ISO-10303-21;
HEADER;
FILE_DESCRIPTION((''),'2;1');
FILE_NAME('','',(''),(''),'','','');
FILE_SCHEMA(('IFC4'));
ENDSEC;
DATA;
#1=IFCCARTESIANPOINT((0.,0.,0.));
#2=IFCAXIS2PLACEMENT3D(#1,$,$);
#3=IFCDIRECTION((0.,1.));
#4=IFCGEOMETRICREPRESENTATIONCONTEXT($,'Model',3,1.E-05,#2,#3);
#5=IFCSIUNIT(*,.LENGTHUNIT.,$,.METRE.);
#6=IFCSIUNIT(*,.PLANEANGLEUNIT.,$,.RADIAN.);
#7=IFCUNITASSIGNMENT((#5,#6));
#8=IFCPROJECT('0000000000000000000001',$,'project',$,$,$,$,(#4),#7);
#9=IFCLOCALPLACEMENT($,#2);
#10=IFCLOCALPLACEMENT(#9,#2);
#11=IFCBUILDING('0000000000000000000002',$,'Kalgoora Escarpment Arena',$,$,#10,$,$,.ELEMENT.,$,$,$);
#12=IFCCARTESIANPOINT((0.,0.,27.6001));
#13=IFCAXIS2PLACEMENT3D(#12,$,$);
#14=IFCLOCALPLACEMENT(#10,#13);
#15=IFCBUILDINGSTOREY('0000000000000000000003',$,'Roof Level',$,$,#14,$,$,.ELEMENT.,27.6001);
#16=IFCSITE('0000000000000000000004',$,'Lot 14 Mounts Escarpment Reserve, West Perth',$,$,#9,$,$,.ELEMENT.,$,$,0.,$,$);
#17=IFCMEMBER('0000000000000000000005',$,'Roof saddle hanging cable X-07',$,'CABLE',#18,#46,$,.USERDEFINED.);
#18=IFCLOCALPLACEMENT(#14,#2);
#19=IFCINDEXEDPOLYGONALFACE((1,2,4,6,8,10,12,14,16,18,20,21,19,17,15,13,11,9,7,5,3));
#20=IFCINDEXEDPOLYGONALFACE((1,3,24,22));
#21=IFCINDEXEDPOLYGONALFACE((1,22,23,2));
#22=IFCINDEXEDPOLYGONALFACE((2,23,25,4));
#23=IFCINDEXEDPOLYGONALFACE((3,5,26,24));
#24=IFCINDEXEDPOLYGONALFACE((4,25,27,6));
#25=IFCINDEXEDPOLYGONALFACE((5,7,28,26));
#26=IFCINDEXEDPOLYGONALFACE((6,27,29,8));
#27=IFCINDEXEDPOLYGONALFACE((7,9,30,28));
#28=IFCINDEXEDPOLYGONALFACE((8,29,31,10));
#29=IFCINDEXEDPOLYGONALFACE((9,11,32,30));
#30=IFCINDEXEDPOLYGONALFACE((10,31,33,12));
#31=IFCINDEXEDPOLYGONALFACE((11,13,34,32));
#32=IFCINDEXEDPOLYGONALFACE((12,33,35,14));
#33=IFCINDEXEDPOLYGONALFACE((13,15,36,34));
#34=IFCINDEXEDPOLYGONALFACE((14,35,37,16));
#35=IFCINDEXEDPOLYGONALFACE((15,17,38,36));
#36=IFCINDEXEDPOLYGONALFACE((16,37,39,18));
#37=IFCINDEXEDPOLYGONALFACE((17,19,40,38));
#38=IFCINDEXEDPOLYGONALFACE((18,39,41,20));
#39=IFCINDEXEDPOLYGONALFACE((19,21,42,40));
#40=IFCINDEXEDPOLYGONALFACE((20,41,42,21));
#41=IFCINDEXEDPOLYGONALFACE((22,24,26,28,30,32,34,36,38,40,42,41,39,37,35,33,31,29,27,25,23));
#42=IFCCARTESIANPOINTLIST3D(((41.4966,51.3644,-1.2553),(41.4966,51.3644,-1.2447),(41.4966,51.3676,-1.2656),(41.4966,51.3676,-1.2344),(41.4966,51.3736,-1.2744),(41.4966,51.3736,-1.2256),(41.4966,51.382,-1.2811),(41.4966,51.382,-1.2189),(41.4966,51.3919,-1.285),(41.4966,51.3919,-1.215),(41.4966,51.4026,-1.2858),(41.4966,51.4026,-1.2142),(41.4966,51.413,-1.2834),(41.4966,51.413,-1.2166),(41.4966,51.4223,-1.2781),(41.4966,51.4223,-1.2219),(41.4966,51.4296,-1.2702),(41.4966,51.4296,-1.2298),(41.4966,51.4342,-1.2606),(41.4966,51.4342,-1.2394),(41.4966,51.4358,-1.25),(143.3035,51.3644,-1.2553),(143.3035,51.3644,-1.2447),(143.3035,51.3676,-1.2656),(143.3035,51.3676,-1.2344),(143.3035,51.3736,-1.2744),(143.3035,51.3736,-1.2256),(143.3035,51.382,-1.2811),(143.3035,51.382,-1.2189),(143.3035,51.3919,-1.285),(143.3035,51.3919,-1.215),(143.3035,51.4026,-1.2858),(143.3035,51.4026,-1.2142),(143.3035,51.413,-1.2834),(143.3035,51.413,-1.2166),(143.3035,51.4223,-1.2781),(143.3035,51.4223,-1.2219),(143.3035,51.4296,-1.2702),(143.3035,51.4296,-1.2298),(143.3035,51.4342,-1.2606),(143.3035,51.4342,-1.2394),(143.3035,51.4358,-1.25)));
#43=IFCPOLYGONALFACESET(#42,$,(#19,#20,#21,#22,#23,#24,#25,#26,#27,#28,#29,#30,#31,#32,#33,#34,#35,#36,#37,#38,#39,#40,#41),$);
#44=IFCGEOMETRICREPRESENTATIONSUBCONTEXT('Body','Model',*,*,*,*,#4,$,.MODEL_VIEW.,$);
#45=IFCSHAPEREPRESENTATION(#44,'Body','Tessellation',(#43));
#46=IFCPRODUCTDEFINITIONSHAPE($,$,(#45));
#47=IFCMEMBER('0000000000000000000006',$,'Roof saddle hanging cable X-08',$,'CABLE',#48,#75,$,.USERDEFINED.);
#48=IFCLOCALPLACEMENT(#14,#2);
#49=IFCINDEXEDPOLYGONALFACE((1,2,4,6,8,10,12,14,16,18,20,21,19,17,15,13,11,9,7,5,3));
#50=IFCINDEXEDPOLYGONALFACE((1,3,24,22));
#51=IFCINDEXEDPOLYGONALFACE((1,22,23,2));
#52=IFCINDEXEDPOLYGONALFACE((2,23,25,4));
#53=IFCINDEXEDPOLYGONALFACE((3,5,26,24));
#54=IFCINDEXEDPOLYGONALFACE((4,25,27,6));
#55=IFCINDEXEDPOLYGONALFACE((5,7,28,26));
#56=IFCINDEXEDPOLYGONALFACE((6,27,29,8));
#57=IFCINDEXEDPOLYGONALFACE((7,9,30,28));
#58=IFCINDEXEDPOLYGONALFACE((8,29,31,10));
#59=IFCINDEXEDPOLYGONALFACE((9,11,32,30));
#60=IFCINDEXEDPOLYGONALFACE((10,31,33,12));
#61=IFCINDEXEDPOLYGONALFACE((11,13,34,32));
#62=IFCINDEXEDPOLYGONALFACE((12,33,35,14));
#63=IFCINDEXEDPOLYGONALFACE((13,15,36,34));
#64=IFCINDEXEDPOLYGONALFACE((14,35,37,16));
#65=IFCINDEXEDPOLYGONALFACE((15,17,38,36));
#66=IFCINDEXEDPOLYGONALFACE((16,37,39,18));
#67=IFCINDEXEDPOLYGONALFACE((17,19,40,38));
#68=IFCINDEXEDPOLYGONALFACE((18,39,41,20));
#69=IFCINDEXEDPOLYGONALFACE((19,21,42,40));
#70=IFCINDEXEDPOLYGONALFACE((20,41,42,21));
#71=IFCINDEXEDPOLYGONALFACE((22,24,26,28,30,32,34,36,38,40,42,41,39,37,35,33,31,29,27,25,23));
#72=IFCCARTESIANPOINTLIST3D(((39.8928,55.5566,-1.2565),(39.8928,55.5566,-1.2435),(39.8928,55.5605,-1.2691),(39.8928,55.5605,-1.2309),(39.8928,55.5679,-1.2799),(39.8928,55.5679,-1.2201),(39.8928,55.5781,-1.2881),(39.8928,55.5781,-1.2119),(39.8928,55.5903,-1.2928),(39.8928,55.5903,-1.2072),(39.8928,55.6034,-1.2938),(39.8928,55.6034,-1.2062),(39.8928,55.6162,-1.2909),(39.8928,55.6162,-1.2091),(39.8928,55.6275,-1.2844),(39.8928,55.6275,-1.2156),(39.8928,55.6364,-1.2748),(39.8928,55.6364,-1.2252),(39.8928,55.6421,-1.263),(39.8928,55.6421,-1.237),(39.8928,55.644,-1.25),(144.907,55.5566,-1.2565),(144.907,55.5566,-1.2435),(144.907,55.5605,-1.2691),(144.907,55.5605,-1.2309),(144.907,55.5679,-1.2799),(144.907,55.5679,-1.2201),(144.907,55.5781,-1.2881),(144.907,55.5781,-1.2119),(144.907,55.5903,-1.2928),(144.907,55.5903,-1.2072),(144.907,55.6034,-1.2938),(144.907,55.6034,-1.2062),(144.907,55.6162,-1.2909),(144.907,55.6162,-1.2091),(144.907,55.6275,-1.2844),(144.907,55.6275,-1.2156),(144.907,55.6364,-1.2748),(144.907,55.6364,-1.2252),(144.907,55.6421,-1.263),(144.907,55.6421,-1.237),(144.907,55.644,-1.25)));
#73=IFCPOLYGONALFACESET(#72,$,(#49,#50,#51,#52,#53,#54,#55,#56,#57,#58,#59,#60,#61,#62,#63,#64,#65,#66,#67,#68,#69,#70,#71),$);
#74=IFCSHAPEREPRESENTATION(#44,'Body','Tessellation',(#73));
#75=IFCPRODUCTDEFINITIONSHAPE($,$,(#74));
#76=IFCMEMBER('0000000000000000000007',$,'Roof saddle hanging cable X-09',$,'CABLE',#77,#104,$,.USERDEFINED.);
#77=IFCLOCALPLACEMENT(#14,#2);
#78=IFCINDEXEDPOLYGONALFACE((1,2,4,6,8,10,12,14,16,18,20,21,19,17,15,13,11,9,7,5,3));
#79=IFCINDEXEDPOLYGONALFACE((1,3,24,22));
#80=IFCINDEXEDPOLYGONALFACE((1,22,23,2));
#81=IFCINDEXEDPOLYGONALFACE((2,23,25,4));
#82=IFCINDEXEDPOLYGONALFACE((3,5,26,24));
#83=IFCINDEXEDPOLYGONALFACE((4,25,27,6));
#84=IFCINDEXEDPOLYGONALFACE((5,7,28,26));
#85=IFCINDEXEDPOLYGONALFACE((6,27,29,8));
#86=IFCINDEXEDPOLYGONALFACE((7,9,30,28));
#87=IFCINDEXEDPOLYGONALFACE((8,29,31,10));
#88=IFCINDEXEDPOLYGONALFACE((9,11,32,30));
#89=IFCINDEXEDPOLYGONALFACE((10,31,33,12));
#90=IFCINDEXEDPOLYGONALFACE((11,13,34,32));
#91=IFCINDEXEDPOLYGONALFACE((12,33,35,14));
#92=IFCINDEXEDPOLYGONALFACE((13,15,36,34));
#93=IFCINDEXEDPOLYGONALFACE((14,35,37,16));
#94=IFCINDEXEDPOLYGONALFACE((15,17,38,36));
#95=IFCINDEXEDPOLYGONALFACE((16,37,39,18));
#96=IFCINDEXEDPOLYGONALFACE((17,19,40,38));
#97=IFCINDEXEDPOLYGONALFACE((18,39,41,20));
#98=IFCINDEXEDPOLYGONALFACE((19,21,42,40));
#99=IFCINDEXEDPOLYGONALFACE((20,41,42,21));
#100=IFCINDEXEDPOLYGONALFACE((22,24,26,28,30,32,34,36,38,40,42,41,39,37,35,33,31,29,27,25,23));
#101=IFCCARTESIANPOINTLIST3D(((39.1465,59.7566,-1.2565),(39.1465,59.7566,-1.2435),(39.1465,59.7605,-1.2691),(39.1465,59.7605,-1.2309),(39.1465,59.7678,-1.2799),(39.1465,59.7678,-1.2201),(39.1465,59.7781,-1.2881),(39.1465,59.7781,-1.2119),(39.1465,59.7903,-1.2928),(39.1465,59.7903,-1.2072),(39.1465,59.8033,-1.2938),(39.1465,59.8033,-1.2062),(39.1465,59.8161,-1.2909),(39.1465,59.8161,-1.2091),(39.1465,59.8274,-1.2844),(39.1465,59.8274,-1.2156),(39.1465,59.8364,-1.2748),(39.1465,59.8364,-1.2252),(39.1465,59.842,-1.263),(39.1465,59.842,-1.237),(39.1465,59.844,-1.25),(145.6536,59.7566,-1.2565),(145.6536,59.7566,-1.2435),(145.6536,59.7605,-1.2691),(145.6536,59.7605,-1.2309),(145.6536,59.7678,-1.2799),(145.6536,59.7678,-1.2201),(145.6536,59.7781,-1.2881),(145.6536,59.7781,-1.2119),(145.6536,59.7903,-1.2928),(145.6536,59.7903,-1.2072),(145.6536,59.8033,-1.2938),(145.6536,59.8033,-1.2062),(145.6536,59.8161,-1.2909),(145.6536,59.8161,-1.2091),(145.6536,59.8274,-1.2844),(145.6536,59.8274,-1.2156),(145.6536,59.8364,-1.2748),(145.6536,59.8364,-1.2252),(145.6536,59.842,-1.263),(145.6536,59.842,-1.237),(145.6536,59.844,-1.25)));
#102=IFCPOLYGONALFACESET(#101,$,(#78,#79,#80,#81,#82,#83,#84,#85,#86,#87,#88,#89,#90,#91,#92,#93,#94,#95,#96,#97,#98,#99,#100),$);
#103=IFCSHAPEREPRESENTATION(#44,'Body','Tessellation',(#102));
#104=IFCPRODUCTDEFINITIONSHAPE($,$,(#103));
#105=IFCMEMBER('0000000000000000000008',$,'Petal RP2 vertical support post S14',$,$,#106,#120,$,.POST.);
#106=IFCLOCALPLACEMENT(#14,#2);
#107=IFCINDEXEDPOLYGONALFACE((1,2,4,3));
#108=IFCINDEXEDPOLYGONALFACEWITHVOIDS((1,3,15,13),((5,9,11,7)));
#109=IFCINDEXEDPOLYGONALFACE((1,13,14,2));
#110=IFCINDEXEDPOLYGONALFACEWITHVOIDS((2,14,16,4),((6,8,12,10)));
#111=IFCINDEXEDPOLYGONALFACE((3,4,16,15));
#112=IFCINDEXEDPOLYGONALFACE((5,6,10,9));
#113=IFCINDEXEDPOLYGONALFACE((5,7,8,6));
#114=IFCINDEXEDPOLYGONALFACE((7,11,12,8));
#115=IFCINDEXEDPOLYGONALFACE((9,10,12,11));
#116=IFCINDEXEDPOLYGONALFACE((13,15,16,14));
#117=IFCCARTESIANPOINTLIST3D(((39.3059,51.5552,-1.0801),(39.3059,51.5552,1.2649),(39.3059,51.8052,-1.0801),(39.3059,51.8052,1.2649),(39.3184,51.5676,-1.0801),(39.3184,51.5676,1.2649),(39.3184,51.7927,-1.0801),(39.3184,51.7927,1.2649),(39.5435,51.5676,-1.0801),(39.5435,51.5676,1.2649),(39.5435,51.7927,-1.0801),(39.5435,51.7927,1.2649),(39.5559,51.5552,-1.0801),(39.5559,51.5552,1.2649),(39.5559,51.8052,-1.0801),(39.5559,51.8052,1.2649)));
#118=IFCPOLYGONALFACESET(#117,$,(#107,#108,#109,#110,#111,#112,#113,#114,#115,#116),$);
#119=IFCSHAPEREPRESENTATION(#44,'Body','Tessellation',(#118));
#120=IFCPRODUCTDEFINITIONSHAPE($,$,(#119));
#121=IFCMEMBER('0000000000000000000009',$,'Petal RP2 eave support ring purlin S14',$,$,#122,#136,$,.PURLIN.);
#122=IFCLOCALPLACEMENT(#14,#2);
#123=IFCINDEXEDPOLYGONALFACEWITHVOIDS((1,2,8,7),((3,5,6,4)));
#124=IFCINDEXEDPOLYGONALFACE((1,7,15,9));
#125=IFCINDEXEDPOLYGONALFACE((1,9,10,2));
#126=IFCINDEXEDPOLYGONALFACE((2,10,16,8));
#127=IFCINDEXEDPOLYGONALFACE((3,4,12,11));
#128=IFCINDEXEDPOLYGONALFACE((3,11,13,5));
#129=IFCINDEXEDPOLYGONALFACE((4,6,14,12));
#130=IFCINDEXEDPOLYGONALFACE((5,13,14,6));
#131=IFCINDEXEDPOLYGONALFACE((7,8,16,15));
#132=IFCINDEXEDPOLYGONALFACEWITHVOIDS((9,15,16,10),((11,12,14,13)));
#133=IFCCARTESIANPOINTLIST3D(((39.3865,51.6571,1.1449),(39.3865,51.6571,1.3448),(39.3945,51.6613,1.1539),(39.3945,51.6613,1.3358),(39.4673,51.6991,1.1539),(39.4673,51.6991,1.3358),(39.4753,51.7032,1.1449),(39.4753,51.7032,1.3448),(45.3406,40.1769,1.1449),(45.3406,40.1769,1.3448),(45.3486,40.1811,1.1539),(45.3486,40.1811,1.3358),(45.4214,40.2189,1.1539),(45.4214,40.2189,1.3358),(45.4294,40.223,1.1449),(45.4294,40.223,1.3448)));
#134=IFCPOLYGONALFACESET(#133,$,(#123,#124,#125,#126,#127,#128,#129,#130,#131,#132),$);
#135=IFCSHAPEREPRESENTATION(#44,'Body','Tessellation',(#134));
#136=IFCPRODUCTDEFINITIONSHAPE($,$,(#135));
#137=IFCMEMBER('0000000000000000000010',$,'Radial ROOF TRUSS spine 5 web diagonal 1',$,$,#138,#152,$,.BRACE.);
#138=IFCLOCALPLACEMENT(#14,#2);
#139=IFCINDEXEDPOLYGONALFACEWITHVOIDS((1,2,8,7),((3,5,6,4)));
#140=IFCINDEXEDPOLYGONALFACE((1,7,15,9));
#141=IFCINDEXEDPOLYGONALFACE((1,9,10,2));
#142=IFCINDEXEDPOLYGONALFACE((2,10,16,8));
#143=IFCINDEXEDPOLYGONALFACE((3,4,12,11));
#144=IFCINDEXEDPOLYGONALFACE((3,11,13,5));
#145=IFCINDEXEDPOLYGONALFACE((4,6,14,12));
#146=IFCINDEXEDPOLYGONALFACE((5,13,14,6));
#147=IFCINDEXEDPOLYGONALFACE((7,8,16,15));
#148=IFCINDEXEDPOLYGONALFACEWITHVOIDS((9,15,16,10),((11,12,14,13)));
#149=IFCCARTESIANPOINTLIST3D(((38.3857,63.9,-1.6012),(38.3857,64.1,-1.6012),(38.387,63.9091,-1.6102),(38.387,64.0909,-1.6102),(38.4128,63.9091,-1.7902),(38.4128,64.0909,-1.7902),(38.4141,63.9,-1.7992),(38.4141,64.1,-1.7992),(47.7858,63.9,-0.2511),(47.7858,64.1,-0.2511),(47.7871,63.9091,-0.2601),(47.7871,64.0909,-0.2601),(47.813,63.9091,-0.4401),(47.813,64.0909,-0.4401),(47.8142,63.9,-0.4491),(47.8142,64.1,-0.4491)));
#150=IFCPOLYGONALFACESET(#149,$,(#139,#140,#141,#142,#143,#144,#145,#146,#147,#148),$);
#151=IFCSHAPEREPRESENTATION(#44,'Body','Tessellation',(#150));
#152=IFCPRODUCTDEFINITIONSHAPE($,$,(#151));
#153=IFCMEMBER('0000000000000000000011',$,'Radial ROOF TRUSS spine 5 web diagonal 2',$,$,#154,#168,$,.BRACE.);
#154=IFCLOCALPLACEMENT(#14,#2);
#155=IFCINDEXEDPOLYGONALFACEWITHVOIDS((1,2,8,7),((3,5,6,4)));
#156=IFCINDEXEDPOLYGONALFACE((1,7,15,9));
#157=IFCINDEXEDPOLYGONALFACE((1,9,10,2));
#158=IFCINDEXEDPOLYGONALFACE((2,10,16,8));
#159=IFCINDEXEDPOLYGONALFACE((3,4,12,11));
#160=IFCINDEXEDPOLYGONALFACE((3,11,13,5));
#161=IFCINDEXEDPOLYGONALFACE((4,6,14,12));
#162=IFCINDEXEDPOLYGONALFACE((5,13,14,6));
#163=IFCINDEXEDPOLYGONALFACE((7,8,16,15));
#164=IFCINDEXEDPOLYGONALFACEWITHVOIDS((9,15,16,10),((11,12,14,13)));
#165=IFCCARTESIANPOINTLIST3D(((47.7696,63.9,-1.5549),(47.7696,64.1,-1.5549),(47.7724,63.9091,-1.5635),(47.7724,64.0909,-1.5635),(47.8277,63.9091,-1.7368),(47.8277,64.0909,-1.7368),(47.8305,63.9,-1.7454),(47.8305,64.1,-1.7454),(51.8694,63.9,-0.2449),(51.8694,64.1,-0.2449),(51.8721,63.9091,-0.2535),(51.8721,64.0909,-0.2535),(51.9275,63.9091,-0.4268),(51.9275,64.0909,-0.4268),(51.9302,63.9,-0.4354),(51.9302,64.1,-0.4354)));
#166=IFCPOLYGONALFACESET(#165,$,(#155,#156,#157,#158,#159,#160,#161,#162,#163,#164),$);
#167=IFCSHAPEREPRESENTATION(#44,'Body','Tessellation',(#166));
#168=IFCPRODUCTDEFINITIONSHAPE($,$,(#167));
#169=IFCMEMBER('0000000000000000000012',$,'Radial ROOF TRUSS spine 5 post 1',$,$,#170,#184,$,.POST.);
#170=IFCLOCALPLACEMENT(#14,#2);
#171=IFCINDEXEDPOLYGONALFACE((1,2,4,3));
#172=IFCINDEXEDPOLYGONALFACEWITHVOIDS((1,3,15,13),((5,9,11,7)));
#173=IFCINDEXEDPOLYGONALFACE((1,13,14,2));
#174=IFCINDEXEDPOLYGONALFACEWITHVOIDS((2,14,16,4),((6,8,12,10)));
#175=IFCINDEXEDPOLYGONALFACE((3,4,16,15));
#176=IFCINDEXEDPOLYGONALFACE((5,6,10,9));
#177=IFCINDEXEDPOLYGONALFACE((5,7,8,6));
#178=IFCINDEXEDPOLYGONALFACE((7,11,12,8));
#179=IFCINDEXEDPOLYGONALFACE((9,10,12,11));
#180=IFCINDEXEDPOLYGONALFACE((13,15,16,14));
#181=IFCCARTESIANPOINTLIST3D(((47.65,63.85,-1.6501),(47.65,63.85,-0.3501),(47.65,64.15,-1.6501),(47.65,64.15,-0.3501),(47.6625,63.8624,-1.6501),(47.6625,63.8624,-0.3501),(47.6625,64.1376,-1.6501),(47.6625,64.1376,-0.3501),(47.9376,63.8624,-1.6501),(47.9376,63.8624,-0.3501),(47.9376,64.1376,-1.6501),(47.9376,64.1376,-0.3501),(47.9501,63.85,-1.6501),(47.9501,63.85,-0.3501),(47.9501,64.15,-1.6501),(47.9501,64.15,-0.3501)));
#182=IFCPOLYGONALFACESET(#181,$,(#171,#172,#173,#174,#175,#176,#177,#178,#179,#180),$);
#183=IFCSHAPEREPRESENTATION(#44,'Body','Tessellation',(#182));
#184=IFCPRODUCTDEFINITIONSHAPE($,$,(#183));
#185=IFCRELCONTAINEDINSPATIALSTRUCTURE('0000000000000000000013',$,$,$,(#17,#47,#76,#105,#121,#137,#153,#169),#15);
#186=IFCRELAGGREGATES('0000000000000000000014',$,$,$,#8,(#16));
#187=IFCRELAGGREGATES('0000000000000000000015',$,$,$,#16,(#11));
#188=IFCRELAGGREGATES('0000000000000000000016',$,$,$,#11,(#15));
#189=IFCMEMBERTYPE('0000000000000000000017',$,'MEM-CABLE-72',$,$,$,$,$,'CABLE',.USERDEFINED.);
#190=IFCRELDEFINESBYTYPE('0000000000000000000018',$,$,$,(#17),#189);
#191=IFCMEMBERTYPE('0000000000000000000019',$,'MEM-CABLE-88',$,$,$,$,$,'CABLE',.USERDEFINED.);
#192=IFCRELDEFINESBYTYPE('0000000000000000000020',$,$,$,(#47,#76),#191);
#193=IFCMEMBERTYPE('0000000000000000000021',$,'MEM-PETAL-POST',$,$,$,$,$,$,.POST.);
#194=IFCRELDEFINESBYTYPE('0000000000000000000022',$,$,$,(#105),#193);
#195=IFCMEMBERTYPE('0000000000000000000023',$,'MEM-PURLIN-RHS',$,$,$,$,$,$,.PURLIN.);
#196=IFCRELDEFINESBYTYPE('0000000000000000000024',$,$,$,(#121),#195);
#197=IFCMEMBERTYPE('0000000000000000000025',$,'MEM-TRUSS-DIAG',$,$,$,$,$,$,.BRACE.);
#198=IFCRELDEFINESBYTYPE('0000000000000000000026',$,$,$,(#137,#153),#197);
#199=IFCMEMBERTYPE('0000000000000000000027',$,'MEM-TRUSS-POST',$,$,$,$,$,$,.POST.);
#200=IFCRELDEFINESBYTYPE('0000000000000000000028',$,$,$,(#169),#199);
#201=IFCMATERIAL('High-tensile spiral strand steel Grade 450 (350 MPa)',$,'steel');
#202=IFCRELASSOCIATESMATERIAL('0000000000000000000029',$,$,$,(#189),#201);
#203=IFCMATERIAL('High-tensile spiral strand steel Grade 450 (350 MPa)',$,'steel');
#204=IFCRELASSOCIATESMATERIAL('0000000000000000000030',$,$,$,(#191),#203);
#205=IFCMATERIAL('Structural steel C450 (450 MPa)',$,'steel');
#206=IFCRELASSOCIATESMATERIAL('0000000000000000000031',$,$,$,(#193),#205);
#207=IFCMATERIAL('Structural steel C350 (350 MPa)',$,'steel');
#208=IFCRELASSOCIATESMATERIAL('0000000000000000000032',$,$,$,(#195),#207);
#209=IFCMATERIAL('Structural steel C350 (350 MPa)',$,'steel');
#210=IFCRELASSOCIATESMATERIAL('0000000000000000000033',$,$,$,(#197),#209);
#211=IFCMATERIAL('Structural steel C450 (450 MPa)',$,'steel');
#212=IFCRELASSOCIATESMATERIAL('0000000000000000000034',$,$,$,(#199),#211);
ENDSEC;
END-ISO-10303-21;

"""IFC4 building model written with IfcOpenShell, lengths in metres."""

from ifc_helpers import new_model, si_unit, direction, frame, origin, origin_2d, place, context, subcontext, project, spatial, hollow_rectangle, circle, extrude, material, material_profile, profile_set, type_object, element, save


model = new_model("IFC4")

# Units and contexts
model_context = context("Model", 3, precision=1e-05, world=origin(), true_north=direction((0.0, 1.0)))
body_context = subcontext(model_context, "Body", "Model", "MODEL_VIEW")
ifc_project = project(units=[si_unit("LENGTHUNIT", "METRE"), si_unit("PLANEANGLEUNIT", "RADIAN")], contexts=[model_context])

# Site, building, storey
site_placement = place(None, origin())
site = spatial("IfcSite", under=ifc_project, at=site_placement, Name="Lot 14 Mounts Escarpment Reserve, West Perth", CompositionType="ELEMENT", RefElevation=0.0)
building_placement = place(site_placement, origin())
building = spatial("IfcBuilding", under=site, at=building_placement, Name="Kalgoora Escarpment Arena", CompositionType="ELEMENT")
storey_placement = place(building_placement, frame((0.0, 0.0, 27.6001)))
storey = spatial("IfcBuildingStorey", under=building, at=storey_placement, Name="Roof Level", CompositionType="ELEMENT", Elevation=27.6001)

# Members
ifc_material_1 = material(Name="High-tensile spiral strand steel Grade 450 (350 MPa)", Category="steel")
ifc_material_profile_1 = material_profile(ifc_material_1, circle(Radius=0.0359, at=origin_2d()))
ifc_profile_set_1 = profile_set([ifc_material_profile_1], Name="High-tensile spiral strand steel Grade 450 (350 MPa)")
member_type_1 = type_object("IfcMemberType", Name="MEM-CABLE-72", ElementType="CABLE", PredefinedType="USERDEFINED", material=ifc_profile_set_1)
member_1_placement = place(storey_placement, frame((41.4966, 51.3999, -1.25), z_axis=(1.0, 0.0, 0.0), x_axis=(0.0, 1.0, 0.0)))
element("IfcMember", 1, at=member_1_placement, inside=storey, type_object=member_type_1, Name="Roof saddle hanging cable X-07", ObjectType="CABLE", PredefinedType="USERDEFINED", context=body_context, shape_type="SweptSolid", body=[
    extrude(circle(Radius=0.0359, at=origin_2d()), origin(), (0.0, 0.0, 1.0), 101.8069),
])
ifc_material_2 = material(Name="High-tensile spiral strand steel Grade 450 (350 MPa)", Category="steel")
ifc_material_profile_2 = material_profile(ifc_material_2, circle(Radius=0.0439, at=origin_2d()))
ifc_profile_set_2 = profile_set([ifc_material_profile_2], Name="High-tensile spiral strand steel Grade 450 (350 MPa)")
member_type_2 = type_object("IfcMemberType", Name="MEM-CABLE-88", ElementType="CABLE", PredefinedType="USERDEFINED", material=ifc_profile_set_2)
member_2_placement = place(storey_placement, frame((39.8928, 55.6001, -1.25), z_axis=(1.0, 0.0, 0.0), x_axis=(0.0, 1.0, 0.0)))
element("IfcMember", 2, at=member_2_placement, inside=storey, type_object=member_type_2, Name="Roof saddle hanging cable X-08", ObjectType="CABLE", PredefinedType="USERDEFINED", context=body_context, shape_type="SweptSolid", body=[
    extrude(circle(Radius=0.0439, at=origin_2d()), origin(), (0.0, 0.0, 1.0), 105.0142),
])
member_3_placement = place(storey_placement, frame((39.1465, 59.8, -1.25), z_axis=(1.0, 0.0, 0.0), x_axis=(0.0, 1.0, 0.0)))
element("IfcMember", 3, at=member_3_placement, inside=storey, type_object=member_type_2, Name="Roof saddle hanging cable X-09", ObjectType="CABLE", PredefinedType="USERDEFINED", context=body_context, shape_type="SweptSolid", body=[
    extrude(circle(Radius=0.0439, at=origin_2d()), origin(), (0.0, 0.0, 1.0), 106.5071),
])
ifc_material_3 = material(Name="Structural steel C450 (450 MPa)", Category="steel")
ifc_material_profile_3 = material_profile(ifc_material_3, hollow_rectangle(XDim=0.25, YDim=0.25, WallThickness=0.0125, at=origin_2d()))
ifc_profile_set_3 = profile_set([ifc_material_profile_3], Name="Structural steel C450 (450 MPa)")
member_type_3 = type_object("IfcMemberType", Name="MEM-PETAL-POST", PredefinedType="POST", material=ifc_profile_set_3)
member_4_placement = place(storey_placement, frame((39.4309, 51.6802, -1.0801), z_axis=(0.0, 0.0, 1.0), x_axis=(1.0, 0.0, 0.0)))
element("IfcMember", 4, at=member_4_placement, inside=storey, type_object=member_type_3, Name="Petal RP2 vertical support post S14", PredefinedType="POST", context=body_context, shape_type="SweptSolid", body=[
    extrude(hollow_rectangle(XDim=0.25, YDim=0.25, WallThickness=0.0125, at=origin_2d()), origin(), (0.0, 0.0, 1.0), 2.345),
])
ifc_material_4 = material(Name="Structural steel C350 (350 MPa)", Category="steel")
ifc_material_profile_4 = material_profile(ifc_material_4, hollow_rectangle(XDim=0.1001, YDim=0.2, WallThickness=0.009, at=origin_2d()))
ifc_profile_set_4 = profile_set([ifc_material_profile_4], Name="Structural steel C350 (350 MPa)")
member_type_4 = type_object("IfcMemberType", Name="MEM-PURLIN-RHS", PredefinedType="PURLIN", material=ifc_profile_set_4)
member_5_placement = place(storey_placement, frame((39.4309, 51.6802, 1.2449), z_axis=(0.460402, -0.887711, 0.0), x_axis=(0.887711, 0.460402, 0.0)))
element("IfcMember", 5, at=member_5_placement, inside=storey, type_object=member_type_4, Name="Petal RP2 eave support ring purlin S14", PredefinedType="PURLIN", context=body_context, shape_type="SweptSolid", body=[
    extrude(hollow_rectangle(XDim=0.1001, YDim=0.2, WallThickness=0.009, at=origin_2d()), origin(), (0.0, 0.0, 1.0), 12.9324),
])
ifc_material_5 = material(Name="Structural steel C350 (350 MPa)", Category="steel")
ifc_material_profile_5 = material_profile(ifc_material_5, hollow_rectangle(XDim=0.2, YDim=0.2, WallThickness=0.009, at=origin_2d()))
ifc_profile_set_5 = profile_set([ifc_material_profile_5], Name="Structural steel C350 (350 MPa)")
member_type_5 = type_object("IfcMemberType", Name="MEM-TRUSS-DIAG", PredefinedType="BRACE", material=ifc_profile_set_5)
member_6_placement = place(storey_placement, frame((38.3999, 64.0, -1.7002), z_axis=(0.989843, 0.0, 0.142166), x_axis=(0.0, 1.0, 0.0)))
element("IfcMember", 6, at=member_6_placement, inside=storey, type_object=member_type_5, Name="Radial ROOF TRUSS spine 5 web diagonal 1", PredefinedType="BRACE", context=body_context, shape_type="SweptSolid", body=[
    extrude(hollow_rectangle(XDim=0.2, YDim=0.2, WallThickness=0.009, at=origin_2d()), origin(), (0.0, 0.0, 1.0), 9.4966),
])
member_7_placement = place(storey_placement, frame((47.8, 64.0, -1.6501), z_axis=(0.952552, 0.0, 0.304376), x_axis=(0.0, 1.0, 0.0)))
element("IfcMember", 7, at=member_7_placement, inside=storey, type_object=member_type_5, Name="Radial ROOF TRUSS spine 5 web diagonal 2", PredefinedType="BRACE", context=body_context, shape_type="SweptSolid", body=[
    extrude(hollow_rectangle(XDim=0.2, YDim=0.2, WallThickness=0.009, at=origin_2d()), origin(), (0.0, 0.0, 1.0), 4.304),
])
ifc_material_6 = material(Name="Structural steel C450 (450 MPa)", Category="steel")
ifc_material_profile_6 = material_profile(ifc_material_6, hollow_rectangle(XDim=0.3, YDim=0.3, WallThickness=0.0125, at=origin_2d()))
ifc_profile_set_6 = profile_set([ifc_material_profile_6], Name="Structural steel C450 (450 MPa)")
member_type_6 = type_object("IfcMemberType", Name="MEM-TRUSS-POST", PredefinedType="POST", material=ifc_profile_set_6)
member_8_placement = place(storey_placement, frame((47.8, 64.0, -1.6501), z_axis=(0.0, 0.0, 1.0), x_axis=(1.0, 0.0, 0.0)))
element("IfcMember", 8, at=member_8_placement, inside=storey, type_object=member_type_6, Name="Radial ROOF TRUSS spine 5 post 1", PredefinedType="POST", context=body_context, shape_type="SweptSolid", body=[
    extrude(hollow_rectangle(XDim=0.3, YDim=0.3, WallThickness=0.0125, at=origin_2d()), origin(), (0.0, 0.0, 1.0), 1.3),
])

save(model, "model.ifc")
